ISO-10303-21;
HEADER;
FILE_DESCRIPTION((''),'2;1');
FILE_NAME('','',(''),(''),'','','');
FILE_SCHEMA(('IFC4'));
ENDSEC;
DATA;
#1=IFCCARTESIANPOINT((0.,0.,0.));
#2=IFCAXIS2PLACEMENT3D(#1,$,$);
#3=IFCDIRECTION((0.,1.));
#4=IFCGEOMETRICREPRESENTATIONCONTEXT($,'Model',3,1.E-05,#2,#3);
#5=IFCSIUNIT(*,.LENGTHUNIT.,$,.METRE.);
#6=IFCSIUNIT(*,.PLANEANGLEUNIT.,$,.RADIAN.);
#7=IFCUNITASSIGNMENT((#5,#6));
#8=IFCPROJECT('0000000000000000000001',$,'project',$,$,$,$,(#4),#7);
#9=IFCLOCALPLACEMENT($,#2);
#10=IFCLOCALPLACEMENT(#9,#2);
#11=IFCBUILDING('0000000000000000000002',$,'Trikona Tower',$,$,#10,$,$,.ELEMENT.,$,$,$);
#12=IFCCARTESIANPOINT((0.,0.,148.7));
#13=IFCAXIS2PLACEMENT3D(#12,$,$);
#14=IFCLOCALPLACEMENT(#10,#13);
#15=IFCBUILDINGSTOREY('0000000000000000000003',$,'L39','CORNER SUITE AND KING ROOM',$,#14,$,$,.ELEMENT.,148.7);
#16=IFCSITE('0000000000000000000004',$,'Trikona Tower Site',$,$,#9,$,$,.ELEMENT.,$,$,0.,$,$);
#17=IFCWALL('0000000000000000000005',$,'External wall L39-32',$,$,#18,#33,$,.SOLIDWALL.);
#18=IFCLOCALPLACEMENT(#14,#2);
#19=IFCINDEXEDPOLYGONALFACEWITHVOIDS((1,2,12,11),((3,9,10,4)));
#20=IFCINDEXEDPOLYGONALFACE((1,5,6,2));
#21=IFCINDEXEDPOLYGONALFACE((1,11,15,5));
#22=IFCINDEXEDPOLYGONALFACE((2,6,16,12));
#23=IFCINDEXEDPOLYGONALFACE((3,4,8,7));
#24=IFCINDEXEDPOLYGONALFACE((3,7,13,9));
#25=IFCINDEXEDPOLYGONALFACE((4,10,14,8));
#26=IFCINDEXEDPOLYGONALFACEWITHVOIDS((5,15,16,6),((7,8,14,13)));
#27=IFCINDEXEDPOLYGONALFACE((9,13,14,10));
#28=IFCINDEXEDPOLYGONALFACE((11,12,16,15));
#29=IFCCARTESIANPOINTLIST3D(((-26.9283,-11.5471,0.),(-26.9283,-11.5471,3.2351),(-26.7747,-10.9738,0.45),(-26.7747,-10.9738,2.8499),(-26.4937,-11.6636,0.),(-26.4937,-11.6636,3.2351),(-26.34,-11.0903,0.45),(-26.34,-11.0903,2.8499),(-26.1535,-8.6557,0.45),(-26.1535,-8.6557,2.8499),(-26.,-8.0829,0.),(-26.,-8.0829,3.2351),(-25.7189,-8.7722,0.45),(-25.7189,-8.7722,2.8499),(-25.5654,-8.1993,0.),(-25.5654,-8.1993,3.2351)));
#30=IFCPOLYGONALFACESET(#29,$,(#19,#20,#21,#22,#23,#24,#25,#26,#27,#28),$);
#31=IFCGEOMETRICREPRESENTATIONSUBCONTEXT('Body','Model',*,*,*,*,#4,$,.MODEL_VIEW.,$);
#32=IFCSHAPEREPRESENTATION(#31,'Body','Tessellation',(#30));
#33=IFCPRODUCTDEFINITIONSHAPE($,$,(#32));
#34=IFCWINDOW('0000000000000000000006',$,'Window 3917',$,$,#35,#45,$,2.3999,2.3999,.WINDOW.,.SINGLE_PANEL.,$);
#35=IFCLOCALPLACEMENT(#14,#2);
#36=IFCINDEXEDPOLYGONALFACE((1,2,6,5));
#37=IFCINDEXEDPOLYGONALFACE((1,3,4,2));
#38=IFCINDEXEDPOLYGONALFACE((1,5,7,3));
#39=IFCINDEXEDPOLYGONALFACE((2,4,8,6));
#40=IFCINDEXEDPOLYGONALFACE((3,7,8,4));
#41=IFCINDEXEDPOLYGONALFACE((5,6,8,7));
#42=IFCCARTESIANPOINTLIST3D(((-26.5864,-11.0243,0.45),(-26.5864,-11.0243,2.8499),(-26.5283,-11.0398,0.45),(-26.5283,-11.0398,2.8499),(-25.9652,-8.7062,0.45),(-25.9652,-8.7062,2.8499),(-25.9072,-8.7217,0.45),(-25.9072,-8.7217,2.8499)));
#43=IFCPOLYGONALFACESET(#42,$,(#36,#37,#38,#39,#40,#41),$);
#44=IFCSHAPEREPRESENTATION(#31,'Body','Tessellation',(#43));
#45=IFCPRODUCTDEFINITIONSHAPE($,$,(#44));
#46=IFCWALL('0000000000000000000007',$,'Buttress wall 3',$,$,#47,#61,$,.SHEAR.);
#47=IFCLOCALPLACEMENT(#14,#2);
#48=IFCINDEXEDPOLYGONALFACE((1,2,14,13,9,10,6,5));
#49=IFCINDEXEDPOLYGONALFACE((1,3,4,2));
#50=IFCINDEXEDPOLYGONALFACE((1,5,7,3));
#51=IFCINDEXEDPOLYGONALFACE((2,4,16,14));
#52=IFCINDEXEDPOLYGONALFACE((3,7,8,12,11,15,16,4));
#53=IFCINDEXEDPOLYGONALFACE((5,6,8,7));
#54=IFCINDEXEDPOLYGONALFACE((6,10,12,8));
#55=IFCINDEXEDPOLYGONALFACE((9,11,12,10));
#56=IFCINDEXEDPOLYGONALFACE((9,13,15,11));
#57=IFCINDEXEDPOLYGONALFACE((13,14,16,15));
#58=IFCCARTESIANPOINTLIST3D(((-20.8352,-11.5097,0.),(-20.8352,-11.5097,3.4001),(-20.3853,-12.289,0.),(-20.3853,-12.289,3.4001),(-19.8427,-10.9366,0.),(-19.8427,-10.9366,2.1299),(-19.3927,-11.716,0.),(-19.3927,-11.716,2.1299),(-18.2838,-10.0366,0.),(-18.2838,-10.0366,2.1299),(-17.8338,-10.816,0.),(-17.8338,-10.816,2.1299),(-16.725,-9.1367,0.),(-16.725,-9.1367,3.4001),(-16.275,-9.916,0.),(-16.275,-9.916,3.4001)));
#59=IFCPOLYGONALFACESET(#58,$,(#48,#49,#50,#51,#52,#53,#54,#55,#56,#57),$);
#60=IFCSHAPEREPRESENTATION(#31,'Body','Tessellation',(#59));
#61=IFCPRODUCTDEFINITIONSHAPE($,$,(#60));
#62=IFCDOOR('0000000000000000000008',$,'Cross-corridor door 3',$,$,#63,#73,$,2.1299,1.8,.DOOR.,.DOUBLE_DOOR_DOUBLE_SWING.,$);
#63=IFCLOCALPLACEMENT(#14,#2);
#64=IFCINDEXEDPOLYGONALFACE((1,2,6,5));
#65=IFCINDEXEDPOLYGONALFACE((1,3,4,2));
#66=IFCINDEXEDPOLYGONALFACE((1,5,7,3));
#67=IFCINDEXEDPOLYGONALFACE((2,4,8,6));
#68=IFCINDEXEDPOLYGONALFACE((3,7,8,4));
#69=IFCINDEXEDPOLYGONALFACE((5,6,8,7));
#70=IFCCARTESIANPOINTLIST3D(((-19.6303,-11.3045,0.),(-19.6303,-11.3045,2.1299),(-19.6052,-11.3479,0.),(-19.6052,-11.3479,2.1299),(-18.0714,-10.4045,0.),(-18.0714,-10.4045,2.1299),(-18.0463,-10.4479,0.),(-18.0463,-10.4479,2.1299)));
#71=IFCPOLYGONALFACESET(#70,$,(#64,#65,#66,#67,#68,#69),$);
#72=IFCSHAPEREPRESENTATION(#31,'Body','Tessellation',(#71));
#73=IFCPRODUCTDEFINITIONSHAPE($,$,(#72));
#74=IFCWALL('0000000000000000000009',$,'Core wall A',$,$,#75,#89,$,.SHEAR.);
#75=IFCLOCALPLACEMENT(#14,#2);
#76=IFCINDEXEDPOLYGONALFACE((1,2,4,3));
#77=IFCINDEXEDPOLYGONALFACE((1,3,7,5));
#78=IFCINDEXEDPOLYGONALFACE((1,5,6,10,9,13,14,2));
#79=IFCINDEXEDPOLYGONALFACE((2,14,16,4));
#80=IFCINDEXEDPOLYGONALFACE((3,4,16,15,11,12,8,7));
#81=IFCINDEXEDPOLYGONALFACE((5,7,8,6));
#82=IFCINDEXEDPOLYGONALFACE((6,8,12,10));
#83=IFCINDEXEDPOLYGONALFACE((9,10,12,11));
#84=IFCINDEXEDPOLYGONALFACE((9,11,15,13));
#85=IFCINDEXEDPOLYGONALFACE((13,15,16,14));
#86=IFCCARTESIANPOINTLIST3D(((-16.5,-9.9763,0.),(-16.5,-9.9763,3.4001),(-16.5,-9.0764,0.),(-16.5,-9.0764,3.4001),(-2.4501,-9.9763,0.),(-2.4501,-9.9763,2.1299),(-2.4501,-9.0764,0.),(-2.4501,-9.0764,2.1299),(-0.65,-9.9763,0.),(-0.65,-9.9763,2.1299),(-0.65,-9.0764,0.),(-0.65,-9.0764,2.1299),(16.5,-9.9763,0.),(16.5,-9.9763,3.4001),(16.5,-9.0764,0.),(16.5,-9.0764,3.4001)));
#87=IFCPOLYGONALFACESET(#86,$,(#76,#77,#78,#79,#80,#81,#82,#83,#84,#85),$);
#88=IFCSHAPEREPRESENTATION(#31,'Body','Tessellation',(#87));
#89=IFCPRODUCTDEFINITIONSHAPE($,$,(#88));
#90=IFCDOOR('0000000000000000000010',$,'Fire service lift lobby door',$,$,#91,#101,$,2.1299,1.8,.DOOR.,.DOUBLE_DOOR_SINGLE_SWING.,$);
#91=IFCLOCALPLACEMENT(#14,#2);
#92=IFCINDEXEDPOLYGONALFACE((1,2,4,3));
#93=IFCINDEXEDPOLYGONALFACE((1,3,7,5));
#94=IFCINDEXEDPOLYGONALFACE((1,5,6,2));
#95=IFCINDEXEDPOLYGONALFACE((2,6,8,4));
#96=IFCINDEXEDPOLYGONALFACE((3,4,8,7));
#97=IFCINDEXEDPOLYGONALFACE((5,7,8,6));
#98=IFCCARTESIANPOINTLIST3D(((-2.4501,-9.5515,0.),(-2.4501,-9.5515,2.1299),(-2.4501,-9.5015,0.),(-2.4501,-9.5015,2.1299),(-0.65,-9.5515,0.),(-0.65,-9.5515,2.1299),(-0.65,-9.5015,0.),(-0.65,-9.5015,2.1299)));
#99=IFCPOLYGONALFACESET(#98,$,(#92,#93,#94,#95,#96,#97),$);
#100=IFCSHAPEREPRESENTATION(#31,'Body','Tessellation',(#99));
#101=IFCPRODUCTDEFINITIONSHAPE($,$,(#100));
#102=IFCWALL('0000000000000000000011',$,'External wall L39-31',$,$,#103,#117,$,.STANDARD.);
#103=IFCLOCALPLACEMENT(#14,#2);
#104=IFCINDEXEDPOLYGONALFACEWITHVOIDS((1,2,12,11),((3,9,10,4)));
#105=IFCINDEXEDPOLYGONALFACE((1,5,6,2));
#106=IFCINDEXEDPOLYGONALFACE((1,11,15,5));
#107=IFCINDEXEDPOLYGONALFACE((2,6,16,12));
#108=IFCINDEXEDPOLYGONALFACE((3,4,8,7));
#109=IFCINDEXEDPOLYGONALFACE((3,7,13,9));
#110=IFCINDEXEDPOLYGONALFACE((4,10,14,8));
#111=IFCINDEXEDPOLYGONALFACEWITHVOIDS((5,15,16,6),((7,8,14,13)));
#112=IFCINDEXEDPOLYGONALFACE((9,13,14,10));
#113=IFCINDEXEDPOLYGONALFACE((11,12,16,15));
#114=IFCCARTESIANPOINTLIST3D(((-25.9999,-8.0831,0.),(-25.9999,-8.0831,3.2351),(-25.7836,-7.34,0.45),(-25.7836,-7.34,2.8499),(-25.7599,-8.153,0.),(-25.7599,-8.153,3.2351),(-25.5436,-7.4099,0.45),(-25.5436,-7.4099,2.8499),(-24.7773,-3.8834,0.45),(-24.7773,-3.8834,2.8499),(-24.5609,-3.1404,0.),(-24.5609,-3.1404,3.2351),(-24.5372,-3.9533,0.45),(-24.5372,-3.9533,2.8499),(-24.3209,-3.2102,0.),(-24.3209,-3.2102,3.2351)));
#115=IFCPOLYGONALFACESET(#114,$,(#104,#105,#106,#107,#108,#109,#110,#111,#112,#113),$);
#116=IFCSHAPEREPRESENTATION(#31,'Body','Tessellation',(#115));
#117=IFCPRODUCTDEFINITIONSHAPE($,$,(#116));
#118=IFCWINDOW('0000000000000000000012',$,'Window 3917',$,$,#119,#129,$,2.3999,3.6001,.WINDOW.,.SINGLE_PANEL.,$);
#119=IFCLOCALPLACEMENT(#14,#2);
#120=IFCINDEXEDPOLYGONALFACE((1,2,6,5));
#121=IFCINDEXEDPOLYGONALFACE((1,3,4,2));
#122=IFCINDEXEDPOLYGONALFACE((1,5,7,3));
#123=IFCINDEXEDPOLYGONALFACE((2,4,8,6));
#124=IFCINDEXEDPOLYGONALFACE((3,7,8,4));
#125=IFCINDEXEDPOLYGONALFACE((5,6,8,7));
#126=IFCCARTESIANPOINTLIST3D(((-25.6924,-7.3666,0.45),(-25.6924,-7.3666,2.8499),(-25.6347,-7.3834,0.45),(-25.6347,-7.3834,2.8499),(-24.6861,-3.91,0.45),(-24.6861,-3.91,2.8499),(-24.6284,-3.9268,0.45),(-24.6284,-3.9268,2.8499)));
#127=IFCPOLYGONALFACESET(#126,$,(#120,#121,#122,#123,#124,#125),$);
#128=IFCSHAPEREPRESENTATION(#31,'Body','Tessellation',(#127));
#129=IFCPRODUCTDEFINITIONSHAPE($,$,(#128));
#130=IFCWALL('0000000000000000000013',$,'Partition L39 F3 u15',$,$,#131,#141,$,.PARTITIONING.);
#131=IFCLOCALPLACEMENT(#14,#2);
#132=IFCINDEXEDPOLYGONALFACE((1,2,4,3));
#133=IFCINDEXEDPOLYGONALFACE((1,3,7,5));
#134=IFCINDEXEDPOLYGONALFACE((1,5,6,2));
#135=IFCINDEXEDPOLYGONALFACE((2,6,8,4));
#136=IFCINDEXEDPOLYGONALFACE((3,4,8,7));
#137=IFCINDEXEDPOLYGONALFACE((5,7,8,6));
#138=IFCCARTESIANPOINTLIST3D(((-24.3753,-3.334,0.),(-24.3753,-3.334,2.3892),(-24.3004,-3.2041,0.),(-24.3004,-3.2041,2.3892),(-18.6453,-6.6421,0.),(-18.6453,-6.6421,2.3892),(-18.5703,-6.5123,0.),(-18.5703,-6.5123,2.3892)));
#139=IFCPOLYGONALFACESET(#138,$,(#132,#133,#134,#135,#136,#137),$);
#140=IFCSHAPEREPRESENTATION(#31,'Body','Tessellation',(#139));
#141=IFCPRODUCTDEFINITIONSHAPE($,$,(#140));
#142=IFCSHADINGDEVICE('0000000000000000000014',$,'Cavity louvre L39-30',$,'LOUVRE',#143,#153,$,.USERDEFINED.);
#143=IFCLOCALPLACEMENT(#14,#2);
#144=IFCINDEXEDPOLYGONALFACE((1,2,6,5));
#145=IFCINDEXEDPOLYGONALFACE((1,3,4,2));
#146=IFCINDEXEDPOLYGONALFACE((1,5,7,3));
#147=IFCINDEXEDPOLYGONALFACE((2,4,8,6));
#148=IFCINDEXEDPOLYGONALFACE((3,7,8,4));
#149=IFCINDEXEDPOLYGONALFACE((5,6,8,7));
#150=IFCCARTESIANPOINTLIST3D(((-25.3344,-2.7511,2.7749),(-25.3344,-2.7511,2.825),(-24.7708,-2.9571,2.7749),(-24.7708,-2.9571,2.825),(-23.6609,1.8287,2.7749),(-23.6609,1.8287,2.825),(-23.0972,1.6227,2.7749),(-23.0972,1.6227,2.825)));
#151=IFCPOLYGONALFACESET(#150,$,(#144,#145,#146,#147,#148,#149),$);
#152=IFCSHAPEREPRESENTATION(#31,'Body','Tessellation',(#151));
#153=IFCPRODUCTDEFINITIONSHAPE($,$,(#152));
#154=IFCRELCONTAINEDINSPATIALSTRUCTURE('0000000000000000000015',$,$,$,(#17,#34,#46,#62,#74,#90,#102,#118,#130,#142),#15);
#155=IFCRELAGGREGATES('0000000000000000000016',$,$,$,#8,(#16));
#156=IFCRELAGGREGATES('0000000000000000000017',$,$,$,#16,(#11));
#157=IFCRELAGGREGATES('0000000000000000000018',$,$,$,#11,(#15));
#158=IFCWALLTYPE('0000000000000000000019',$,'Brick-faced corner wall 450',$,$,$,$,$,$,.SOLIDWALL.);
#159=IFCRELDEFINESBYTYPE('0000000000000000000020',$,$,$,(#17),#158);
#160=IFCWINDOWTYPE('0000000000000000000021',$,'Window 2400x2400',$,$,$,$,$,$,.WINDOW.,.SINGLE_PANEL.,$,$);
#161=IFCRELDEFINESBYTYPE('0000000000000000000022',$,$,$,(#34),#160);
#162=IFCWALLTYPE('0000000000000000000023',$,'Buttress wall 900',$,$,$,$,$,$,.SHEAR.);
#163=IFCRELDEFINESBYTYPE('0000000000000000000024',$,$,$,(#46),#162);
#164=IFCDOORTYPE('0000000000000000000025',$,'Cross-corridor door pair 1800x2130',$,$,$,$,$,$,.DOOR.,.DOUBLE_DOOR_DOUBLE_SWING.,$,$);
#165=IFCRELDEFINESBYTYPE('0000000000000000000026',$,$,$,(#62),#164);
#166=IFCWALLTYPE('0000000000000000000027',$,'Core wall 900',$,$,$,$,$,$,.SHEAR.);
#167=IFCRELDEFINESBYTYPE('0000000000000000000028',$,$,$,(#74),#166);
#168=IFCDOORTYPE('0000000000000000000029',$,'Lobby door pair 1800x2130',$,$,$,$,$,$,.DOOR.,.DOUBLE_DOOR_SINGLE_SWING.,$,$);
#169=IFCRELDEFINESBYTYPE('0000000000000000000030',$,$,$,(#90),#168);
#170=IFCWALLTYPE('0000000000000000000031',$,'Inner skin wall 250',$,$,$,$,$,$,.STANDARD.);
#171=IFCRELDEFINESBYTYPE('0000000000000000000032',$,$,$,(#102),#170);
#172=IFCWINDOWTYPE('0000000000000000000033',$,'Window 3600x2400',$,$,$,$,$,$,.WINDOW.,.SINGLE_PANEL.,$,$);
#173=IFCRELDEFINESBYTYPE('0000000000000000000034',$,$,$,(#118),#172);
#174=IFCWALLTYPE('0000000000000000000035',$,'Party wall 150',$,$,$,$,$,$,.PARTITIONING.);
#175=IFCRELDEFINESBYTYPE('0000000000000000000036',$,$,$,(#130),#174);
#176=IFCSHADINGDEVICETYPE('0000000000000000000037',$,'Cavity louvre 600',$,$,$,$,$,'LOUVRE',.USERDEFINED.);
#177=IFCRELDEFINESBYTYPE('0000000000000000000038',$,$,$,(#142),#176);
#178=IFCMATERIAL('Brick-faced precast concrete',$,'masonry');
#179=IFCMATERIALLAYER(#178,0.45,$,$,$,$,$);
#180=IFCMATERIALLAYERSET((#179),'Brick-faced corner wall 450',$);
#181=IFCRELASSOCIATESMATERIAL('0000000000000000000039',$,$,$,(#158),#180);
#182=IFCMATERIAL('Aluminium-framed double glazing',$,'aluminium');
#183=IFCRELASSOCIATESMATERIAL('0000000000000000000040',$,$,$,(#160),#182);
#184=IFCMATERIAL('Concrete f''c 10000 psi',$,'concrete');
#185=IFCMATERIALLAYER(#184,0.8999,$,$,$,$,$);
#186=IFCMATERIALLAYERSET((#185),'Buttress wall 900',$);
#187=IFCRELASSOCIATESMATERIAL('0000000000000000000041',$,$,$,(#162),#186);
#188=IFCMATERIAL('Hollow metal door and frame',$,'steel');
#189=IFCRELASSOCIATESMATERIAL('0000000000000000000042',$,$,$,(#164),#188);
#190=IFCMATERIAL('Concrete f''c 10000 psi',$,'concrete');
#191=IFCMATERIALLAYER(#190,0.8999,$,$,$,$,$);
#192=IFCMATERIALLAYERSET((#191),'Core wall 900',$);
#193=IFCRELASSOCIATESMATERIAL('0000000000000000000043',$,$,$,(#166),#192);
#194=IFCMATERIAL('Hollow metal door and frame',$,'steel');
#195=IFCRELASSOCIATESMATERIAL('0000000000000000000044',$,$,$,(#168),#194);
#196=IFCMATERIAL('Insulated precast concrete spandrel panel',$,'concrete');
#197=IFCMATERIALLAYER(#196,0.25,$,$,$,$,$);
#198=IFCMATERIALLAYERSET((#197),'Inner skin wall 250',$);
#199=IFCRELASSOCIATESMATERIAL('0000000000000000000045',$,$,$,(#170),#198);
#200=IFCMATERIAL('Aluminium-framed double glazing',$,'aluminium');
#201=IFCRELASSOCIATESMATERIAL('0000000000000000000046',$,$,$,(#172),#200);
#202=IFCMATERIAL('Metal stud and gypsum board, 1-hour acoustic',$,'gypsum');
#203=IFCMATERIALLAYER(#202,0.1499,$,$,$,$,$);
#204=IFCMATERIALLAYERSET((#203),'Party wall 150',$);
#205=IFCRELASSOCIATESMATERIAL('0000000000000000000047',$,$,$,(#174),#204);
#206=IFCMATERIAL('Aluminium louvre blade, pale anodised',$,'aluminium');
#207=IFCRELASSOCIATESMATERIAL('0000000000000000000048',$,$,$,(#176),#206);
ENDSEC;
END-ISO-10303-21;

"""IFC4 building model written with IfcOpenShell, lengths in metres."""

from ifc_helpers import new_model, si_unit, direction, frame, frame_2d, origin, origin_2d, place, context, subcontext, project, spatial, rectangle, extrude, material, layer, layer_set, type_object, element, fill, save


model = new_model("IFC4")

# Units and contexts
model_context = context("Model", 3, precision=1e-05, world=origin(), true_north=direction((0.0, 1.0)))
body_context = subcontext(model_context, "Body", "Model", "MODEL_VIEW")
ifc_project = project(units=[si_unit("LENGTHUNIT", "METRE"), si_unit("PLANEANGLEUNIT", "RADIAN")], contexts=[model_context])

# Site, building, storey
site_placement = place(None, origin())
site = spatial("IfcSite", under=ifc_project, at=site_placement, Name="Trikona Tower Site", CompositionType="ELEMENT", RefElevation=0.0)
building_placement = place(site_placement, origin())
building = spatial("IfcBuilding", under=site, at=building_placement, Name="Trikona Tower", CompositionType="ELEMENT")
storey_placement = place(building_placement, frame((0.0, 0.0, 148.7)))
storey = spatial("IfcBuildingStorey", under=building, at=storey_placement, Name="L39", Description="CORNER SUITE AND KING ROOM", CompositionType="ELEMENT", Elevation=148.7)

# Wall, opening, window
ifc_material_1 = material(Name="Brick-faced precast concrete", Category="masonry")
ifc_layer_1 = layer(ifc_material_1, 0.45)
ifc_layer_set_1 = layer_set([ifc_layer_1], Name="Brick-faced corner wall 450")
wall_type_1 = type_object("IfcWallType", Name="Brick-faced corner wall 450", PredefinedType="SOLIDWALL", material=ifc_layer_set_1)
wall_1_placement = place(storey_placement, frame((-25.7827, -8.1411, 0.0), z_axis=(0.0, 0.0, 1.0), x_axis=(-0.258823, -0.965925, 0.0)))
wall_1 = element("IfcWall", 1, at=wall_1_placement, inside=storey, type_object=wall_type_1, Name="External wall L39-32", PredefinedType="SOLIDWALL", context=body_context, shape_type="SweptSolid", body=[
    extrude(rectangle(XDim=3.5864, YDim=0.45, at=frame_2d((1.7932, 0.0))), origin(), (0.0, 0.0, 1.0), 3.2351),
])
opening_1_placement = place(wall_1_placement, frame((0.593, 0.0, 0.45)))
opening_1 = element("IfcOpeningElement", 2, at=opening_1_placement, cuts=wall_1, PredefinedType="OPENING", context=body_context, shape_type="SweptSolid", body=[
    extrude(rectangle(XDim=2.3999, YDim=2.3999, at=frame_2d((1.2, 1.2))), frame((0.0, 0.2349, 0.0), z_axis=(0.0, -1.0, 0.0), x_axis=(1.0, 0.0, 0.0)), (0.0, 0.0, 1.0), 0.47),
])
ifc_material_2 = material(Name="Aluminium-framed double glazing", Category="aluminium")
window_type_1 = type_object("IfcWindowType", Name="Window 2400x2400", PartitioningType="SINGLE_PANEL", PredefinedType="WINDOW", material=ifc_material_2)
window_1_placement = place(opening_1_placement, origin())
window_1 = element("IfcWindow", 3, at=window_1_placement, inside=storey, type_object=window_type_1, Name="Window 3917", OverallHeight=2.3999, OverallWidth=2.3999, PartitioningType="SINGLE_PANEL", PredefinedType="WINDOW", context=body_context, shape_type="SweptSolid", body=[
    extrude(rectangle(XDim=2.3999, YDim=2.3999, at=frame_2d((1.2, 1.2))), frame((0.0, 0.03, 0.0), z_axis=(0.0, -1.0, 0.0), x_axis=(1.0, 0.0, 0.0)), (0.0, 0.0, 1.0), 0.0601),
])
fill(opening_1, window_1)

# Walls, openings, doors
ifc_material_3 = material(Name="Concrete f'c 10000 psi", Category="concrete")
ifc_layer_2 = layer(ifc_material_3, 0.8999)
ifc_layer_set_2 = layer_set([ifc_layer_2], Name="Buttress wall 900")
wall_type_2 = type_object("IfcWallType", Name="Buttress wall 900", PredefinedType="SHEAR", material=ifc_layer_set_2)
wall_2_placement = place(storey_placement, frame((-16.5, -9.5264, 0.0), z_axis=(0.0, 0.0, 1.0), x_axis=(-0.866031, -0.49999, 0.0)))
wall_2 = element("IfcWall", 4, at=wall_2_placement, inside=storey, type_object=wall_type_2, Name="Buttress wall 3", PredefinedType="SHEAR", context=body_context, shape_type="SweptSolid", body=[
    extrude(rectangle(XDim=4.7461, YDim=0.8999, at=frame_2d((2.373, 0.0))), origin(), (0.0, 0.0, 1.0), 3.4001),
])
opening_2_placement = place(wall_2_placement, frame((1.8, 0.0, 0.0)))
opening_2 = element("IfcOpeningElement", 5, at=opening_2_placement, cuts=wall_2, PredefinedType="OPENING", context=body_context, shape_type="SweptSolid", body=[
    extrude(rectangle(XDim=1.8, YDim=2.1299, at=frame_2d((0.8999, 1.0649))), frame((0.0, 0.46, 0.0), z_axis=(0.0, -1.0, 0.0), x_axis=(1.0, 0.0, 0.0)), (0.0, 0.0, 1.0), 0.9199),
])
ifc_material_4 = material(Name="Hollow metal door and frame", Category="steel")
door_type_1 = type_object("IfcDoorType", Name="Cross-corridor door pair 1800x2130", OperationType="DOUBLE_DOOR_DOUBLE_SWING", PredefinedType="DOOR", material=ifc_material_4)
door_1_placement = place(opening_2_placement, origin())
door_1 = element("IfcDoor", 6, at=door_1_placement, inside=storey, type_object=door_type_1, Name="Cross-corridor door 3", OperationType="DOUBLE_DOOR_DOUBLE_SWING", OverallHeight=2.1299, OverallWidth=1.8, PredefinedType="DOOR", context=body_context, shape_type="SweptSolid", body=[
    extrude(rectangle(XDim=1.8, YDim=2.1299, at=frame_2d((0.8999, 1.0649))), frame((0.0, 0.0249, 0.0), z_axis=(0.0, -1.0, 0.0), x_axis=(1.0, 0.0, 0.0)), (0.0, 0.0, 1.0), 0.05),
])
fill(opening_2, door_1)
ifc_material_5 = material(Name="Concrete f'c 10000 psi", Category="concrete")
ifc_layer_3 = layer(ifc_material_5, 0.8999)
ifc_layer_set_3 = layer_set([ifc_layer_3], Name="Core wall 900")
wall_type_3 = type_object("IfcWallType", Name="Core wall 900", PredefinedType="SHEAR", material=ifc_layer_set_3)
wall_3_placement = place(storey_placement, frame((-16.5, -9.5264, 0.0), z_axis=(0.0, 0.0, 1.0), x_axis=(1.0, 0.0, 0.0)))
wall_3 = element("IfcWall", 7, at=wall_3_placement, inside=storey, type_object=wall_type_3, Name="Core wall A", PredefinedType="SHEAR", context=body_context, shape_type="SweptSolid", body=[
    extrude(rectangle(XDim=33.0, YDim=0.8999, at=frame_2d((16.5, 0.0))), origin(), (0.0, 0.0, 1.0), 3.4001),
])
opening_3_placement = place(wall_3_placement, frame((14.05, 0.0, 0.0)))
opening_3 = element("IfcOpeningElement", 8, at=opening_3_placement, cuts=wall_3, PredefinedType="OPENING", context=body_context, shape_type="SweptSolid", body=[
    extrude(rectangle(XDim=1.8, YDim=2.1299, at=frame_2d((0.8999, 1.0649))), frame((0.0, 0.46, 0.0), z_axis=(0.0, -1.0, 0.0), x_axis=(1.0, 0.0, 0.0)), (0.0, 0.0, 1.0), 0.9199),
])
ifc_material_6 = material(Name="Hollow metal door and frame", Category="steel")
door_type_2 = type_object("IfcDoorType", Name="Lobby door pair 1800x2130", OperationType="DOUBLE_DOOR_SINGLE_SWING", PredefinedType="DOOR", material=ifc_material_6)
door_2_placement = place(opening_3_placement, origin())
door_2 = element("IfcDoor", 9, at=door_2_placement, inside=storey, type_object=door_type_2, Name="Fire service lift lobby door", OperationType="DOUBLE_DOOR_SINGLE_SWING", OverallHeight=2.1299, OverallWidth=1.8, PredefinedType="DOOR", context=body_context, shape_type="SweptSolid", body=[
    extrude(rectangle(XDim=1.8, YDim=2.1299, at=frame_2d((0.8999, 1.0649))), frame((0.0, 0.0249, 0.0), z_axis=(0.0, -1.0, 0.0), x_axis=(1.0, 0.0, 0.0)), (0.0, 0.0, 1.0), 0.05),
])
fill(opening_3, door_2)

# Wall, opening, window
ifc_material_7 = material(Name="Insulated precast concrete spandrel panel", Category="concrete")
ifc_layer_4 = layer(ifc_material_7, 0.25)
ifc_layer_set_4 = layer_set([ifc_layer_4], Name="Inner skin wall 250")
wall_type_4 = type_object("IfcWallType", Name="Inner skin wall 250", PredefinedType="STANDARD", material=ifc_layer_set_4)
wall_4_placement = place(storey_placement, frame((-24.4409, -3.1753, 0.0), z_axis=(0.0, 0.0, 1.0), x_axis=(-0.279528, -0.960137, 0.0)))
wall_4 = element("IfcWall", 10, at=wall_4_placement, inside=storey, type_object=wall_type_4, Name="External wall L39-31", PredefinedType="STANDARD", context=body_context, shape_type="SweptSolid", body=[
    extrude(rectangle(XDim=5.1479, YDim=0.25, at=frame_2d((2.574, 0.0))), origin(), (0.0, 0.0, 1.0), 3.2351),
])
opening_4_placement = place(wall_4_placement, frame((0.7739, 0.0, 0.45)))
opening_4 = element("IfcOpeningElement", 11, at=opening_4_placement, cuts=wall_4, PredefinedType="OPENING", context=body_context, shape_type="SweptSolid", body=[
    extrude(rectangle(XDim=3.6001, YDim=2.3999, at=frame_2d((1.8, 1.2))), frame((0.0, 0.135, 0.0), z_axis=(0.0, -1.0, 0.0), x_axis=(1.0, 0.0, 0.0)), (0.0, 0.0, 1.0), 0.27),
])
ifc_material_8 = material(Name="Aluminium-framed double glazing", Category="aluminium")
window_type_2 = type_object("IfcWindowType", Name="Window 3600x2400", PartitioningType="SINGLE_PANEL", PredefinedType="WINDOW", material=ifc_material_8)
window_2_placement = place(opening_4_placement, origin())
window_2 = element("IfcWindow", 12, at=window_2_placement, inside=storey, type_object=window_type_2, Name="Window 3917", OverallHeight=2.3999, OverallWidth=3.6001, PartitioningType="SINGLE_PANEL", PredefinedType="WINDOW", context=body_context, shape_type="SweptSolid", body=[
    extrude(rectangle(XDim=3.6001, YDim=2.3999, at=frame_2d((1.8, 1.2))), frame((0.0, 0.03, 0.0), z_axis=(0.0, -1.0, 0.0), x_axis=(1.0, 0.0, 0.0)), (0.0, 0.0, 1.0), 0.0601),
])
fill(opening_4, window_2)

# Wall
ifc_material_9 = material(Name="Metal stud and gypsum board, 1-hour acoustic", Category="gypsum")
ifc_layer_5 = layer(ifc_material_9, 0.1499)
ifc_layer_set_5 = layer_set([ifc_layer_5], Name="Party wall 150")
wall_type_5 = type_object("IfcWallType", Name="Party wall 150", PredefinedType="PARTITIONING", material=ifc_layer_set_5)
wall_5_placement = place(storey_placement, frame((-18.6079, -6.5771, 0.0), z_axis=(0.0, 0.0, 1.0), x_axis=(-0.866032, 0.499989, 0.0)))
element("IfcWall", 13, at=wall_5_placement, inside=storey, type_object=wall_type_5, Name="Partition L39 F3 u15", PredefinedType="PARTITIONING", context=body_context, shape_type="SweptSolid", body=[
    extrude(rectangle(XDim=6.6165, YDim=0.1499, at=frame_2d((3.3081, 0.0))), origin(), (0.0, 0.0, 1.0), 2.3892),
])

# Shading device
ifc_material_10 = material(Name="Aluminium louvre blade, pale anodised", Category="aluminium")
shading_device_type = type_object("IfcShadingDeviceType", Name="Cavity louvre 600", ElementType="LOUVRE", PredefinedType="USERDEFINED", material=ifc_material_10)
shading_device_1_placement = place(storey_placement, frame((-24.2158, -0.5642, 2.7749), z_axis=(0.0, 0.0, 1.0), x_axis=(-0.34322, -0.939255, 0.0)))
element("IfcShadingDevice", 14, at=shading_device_1_placement, inside=storey, type_object=shading_device_type, Name="Cavity louvre L39-30", ObjectType="LOUVRE", PredefinedType="USERDEFINED", context=body_context, shape_type="SweptSolid", body=[
    extrude(rectangle(XDim=4.876, YDim=0.6001, at=origin_2d()), origin(), (0.0, 0.0, 1.0), 0.05),
])

save(model, "model.ifc")
